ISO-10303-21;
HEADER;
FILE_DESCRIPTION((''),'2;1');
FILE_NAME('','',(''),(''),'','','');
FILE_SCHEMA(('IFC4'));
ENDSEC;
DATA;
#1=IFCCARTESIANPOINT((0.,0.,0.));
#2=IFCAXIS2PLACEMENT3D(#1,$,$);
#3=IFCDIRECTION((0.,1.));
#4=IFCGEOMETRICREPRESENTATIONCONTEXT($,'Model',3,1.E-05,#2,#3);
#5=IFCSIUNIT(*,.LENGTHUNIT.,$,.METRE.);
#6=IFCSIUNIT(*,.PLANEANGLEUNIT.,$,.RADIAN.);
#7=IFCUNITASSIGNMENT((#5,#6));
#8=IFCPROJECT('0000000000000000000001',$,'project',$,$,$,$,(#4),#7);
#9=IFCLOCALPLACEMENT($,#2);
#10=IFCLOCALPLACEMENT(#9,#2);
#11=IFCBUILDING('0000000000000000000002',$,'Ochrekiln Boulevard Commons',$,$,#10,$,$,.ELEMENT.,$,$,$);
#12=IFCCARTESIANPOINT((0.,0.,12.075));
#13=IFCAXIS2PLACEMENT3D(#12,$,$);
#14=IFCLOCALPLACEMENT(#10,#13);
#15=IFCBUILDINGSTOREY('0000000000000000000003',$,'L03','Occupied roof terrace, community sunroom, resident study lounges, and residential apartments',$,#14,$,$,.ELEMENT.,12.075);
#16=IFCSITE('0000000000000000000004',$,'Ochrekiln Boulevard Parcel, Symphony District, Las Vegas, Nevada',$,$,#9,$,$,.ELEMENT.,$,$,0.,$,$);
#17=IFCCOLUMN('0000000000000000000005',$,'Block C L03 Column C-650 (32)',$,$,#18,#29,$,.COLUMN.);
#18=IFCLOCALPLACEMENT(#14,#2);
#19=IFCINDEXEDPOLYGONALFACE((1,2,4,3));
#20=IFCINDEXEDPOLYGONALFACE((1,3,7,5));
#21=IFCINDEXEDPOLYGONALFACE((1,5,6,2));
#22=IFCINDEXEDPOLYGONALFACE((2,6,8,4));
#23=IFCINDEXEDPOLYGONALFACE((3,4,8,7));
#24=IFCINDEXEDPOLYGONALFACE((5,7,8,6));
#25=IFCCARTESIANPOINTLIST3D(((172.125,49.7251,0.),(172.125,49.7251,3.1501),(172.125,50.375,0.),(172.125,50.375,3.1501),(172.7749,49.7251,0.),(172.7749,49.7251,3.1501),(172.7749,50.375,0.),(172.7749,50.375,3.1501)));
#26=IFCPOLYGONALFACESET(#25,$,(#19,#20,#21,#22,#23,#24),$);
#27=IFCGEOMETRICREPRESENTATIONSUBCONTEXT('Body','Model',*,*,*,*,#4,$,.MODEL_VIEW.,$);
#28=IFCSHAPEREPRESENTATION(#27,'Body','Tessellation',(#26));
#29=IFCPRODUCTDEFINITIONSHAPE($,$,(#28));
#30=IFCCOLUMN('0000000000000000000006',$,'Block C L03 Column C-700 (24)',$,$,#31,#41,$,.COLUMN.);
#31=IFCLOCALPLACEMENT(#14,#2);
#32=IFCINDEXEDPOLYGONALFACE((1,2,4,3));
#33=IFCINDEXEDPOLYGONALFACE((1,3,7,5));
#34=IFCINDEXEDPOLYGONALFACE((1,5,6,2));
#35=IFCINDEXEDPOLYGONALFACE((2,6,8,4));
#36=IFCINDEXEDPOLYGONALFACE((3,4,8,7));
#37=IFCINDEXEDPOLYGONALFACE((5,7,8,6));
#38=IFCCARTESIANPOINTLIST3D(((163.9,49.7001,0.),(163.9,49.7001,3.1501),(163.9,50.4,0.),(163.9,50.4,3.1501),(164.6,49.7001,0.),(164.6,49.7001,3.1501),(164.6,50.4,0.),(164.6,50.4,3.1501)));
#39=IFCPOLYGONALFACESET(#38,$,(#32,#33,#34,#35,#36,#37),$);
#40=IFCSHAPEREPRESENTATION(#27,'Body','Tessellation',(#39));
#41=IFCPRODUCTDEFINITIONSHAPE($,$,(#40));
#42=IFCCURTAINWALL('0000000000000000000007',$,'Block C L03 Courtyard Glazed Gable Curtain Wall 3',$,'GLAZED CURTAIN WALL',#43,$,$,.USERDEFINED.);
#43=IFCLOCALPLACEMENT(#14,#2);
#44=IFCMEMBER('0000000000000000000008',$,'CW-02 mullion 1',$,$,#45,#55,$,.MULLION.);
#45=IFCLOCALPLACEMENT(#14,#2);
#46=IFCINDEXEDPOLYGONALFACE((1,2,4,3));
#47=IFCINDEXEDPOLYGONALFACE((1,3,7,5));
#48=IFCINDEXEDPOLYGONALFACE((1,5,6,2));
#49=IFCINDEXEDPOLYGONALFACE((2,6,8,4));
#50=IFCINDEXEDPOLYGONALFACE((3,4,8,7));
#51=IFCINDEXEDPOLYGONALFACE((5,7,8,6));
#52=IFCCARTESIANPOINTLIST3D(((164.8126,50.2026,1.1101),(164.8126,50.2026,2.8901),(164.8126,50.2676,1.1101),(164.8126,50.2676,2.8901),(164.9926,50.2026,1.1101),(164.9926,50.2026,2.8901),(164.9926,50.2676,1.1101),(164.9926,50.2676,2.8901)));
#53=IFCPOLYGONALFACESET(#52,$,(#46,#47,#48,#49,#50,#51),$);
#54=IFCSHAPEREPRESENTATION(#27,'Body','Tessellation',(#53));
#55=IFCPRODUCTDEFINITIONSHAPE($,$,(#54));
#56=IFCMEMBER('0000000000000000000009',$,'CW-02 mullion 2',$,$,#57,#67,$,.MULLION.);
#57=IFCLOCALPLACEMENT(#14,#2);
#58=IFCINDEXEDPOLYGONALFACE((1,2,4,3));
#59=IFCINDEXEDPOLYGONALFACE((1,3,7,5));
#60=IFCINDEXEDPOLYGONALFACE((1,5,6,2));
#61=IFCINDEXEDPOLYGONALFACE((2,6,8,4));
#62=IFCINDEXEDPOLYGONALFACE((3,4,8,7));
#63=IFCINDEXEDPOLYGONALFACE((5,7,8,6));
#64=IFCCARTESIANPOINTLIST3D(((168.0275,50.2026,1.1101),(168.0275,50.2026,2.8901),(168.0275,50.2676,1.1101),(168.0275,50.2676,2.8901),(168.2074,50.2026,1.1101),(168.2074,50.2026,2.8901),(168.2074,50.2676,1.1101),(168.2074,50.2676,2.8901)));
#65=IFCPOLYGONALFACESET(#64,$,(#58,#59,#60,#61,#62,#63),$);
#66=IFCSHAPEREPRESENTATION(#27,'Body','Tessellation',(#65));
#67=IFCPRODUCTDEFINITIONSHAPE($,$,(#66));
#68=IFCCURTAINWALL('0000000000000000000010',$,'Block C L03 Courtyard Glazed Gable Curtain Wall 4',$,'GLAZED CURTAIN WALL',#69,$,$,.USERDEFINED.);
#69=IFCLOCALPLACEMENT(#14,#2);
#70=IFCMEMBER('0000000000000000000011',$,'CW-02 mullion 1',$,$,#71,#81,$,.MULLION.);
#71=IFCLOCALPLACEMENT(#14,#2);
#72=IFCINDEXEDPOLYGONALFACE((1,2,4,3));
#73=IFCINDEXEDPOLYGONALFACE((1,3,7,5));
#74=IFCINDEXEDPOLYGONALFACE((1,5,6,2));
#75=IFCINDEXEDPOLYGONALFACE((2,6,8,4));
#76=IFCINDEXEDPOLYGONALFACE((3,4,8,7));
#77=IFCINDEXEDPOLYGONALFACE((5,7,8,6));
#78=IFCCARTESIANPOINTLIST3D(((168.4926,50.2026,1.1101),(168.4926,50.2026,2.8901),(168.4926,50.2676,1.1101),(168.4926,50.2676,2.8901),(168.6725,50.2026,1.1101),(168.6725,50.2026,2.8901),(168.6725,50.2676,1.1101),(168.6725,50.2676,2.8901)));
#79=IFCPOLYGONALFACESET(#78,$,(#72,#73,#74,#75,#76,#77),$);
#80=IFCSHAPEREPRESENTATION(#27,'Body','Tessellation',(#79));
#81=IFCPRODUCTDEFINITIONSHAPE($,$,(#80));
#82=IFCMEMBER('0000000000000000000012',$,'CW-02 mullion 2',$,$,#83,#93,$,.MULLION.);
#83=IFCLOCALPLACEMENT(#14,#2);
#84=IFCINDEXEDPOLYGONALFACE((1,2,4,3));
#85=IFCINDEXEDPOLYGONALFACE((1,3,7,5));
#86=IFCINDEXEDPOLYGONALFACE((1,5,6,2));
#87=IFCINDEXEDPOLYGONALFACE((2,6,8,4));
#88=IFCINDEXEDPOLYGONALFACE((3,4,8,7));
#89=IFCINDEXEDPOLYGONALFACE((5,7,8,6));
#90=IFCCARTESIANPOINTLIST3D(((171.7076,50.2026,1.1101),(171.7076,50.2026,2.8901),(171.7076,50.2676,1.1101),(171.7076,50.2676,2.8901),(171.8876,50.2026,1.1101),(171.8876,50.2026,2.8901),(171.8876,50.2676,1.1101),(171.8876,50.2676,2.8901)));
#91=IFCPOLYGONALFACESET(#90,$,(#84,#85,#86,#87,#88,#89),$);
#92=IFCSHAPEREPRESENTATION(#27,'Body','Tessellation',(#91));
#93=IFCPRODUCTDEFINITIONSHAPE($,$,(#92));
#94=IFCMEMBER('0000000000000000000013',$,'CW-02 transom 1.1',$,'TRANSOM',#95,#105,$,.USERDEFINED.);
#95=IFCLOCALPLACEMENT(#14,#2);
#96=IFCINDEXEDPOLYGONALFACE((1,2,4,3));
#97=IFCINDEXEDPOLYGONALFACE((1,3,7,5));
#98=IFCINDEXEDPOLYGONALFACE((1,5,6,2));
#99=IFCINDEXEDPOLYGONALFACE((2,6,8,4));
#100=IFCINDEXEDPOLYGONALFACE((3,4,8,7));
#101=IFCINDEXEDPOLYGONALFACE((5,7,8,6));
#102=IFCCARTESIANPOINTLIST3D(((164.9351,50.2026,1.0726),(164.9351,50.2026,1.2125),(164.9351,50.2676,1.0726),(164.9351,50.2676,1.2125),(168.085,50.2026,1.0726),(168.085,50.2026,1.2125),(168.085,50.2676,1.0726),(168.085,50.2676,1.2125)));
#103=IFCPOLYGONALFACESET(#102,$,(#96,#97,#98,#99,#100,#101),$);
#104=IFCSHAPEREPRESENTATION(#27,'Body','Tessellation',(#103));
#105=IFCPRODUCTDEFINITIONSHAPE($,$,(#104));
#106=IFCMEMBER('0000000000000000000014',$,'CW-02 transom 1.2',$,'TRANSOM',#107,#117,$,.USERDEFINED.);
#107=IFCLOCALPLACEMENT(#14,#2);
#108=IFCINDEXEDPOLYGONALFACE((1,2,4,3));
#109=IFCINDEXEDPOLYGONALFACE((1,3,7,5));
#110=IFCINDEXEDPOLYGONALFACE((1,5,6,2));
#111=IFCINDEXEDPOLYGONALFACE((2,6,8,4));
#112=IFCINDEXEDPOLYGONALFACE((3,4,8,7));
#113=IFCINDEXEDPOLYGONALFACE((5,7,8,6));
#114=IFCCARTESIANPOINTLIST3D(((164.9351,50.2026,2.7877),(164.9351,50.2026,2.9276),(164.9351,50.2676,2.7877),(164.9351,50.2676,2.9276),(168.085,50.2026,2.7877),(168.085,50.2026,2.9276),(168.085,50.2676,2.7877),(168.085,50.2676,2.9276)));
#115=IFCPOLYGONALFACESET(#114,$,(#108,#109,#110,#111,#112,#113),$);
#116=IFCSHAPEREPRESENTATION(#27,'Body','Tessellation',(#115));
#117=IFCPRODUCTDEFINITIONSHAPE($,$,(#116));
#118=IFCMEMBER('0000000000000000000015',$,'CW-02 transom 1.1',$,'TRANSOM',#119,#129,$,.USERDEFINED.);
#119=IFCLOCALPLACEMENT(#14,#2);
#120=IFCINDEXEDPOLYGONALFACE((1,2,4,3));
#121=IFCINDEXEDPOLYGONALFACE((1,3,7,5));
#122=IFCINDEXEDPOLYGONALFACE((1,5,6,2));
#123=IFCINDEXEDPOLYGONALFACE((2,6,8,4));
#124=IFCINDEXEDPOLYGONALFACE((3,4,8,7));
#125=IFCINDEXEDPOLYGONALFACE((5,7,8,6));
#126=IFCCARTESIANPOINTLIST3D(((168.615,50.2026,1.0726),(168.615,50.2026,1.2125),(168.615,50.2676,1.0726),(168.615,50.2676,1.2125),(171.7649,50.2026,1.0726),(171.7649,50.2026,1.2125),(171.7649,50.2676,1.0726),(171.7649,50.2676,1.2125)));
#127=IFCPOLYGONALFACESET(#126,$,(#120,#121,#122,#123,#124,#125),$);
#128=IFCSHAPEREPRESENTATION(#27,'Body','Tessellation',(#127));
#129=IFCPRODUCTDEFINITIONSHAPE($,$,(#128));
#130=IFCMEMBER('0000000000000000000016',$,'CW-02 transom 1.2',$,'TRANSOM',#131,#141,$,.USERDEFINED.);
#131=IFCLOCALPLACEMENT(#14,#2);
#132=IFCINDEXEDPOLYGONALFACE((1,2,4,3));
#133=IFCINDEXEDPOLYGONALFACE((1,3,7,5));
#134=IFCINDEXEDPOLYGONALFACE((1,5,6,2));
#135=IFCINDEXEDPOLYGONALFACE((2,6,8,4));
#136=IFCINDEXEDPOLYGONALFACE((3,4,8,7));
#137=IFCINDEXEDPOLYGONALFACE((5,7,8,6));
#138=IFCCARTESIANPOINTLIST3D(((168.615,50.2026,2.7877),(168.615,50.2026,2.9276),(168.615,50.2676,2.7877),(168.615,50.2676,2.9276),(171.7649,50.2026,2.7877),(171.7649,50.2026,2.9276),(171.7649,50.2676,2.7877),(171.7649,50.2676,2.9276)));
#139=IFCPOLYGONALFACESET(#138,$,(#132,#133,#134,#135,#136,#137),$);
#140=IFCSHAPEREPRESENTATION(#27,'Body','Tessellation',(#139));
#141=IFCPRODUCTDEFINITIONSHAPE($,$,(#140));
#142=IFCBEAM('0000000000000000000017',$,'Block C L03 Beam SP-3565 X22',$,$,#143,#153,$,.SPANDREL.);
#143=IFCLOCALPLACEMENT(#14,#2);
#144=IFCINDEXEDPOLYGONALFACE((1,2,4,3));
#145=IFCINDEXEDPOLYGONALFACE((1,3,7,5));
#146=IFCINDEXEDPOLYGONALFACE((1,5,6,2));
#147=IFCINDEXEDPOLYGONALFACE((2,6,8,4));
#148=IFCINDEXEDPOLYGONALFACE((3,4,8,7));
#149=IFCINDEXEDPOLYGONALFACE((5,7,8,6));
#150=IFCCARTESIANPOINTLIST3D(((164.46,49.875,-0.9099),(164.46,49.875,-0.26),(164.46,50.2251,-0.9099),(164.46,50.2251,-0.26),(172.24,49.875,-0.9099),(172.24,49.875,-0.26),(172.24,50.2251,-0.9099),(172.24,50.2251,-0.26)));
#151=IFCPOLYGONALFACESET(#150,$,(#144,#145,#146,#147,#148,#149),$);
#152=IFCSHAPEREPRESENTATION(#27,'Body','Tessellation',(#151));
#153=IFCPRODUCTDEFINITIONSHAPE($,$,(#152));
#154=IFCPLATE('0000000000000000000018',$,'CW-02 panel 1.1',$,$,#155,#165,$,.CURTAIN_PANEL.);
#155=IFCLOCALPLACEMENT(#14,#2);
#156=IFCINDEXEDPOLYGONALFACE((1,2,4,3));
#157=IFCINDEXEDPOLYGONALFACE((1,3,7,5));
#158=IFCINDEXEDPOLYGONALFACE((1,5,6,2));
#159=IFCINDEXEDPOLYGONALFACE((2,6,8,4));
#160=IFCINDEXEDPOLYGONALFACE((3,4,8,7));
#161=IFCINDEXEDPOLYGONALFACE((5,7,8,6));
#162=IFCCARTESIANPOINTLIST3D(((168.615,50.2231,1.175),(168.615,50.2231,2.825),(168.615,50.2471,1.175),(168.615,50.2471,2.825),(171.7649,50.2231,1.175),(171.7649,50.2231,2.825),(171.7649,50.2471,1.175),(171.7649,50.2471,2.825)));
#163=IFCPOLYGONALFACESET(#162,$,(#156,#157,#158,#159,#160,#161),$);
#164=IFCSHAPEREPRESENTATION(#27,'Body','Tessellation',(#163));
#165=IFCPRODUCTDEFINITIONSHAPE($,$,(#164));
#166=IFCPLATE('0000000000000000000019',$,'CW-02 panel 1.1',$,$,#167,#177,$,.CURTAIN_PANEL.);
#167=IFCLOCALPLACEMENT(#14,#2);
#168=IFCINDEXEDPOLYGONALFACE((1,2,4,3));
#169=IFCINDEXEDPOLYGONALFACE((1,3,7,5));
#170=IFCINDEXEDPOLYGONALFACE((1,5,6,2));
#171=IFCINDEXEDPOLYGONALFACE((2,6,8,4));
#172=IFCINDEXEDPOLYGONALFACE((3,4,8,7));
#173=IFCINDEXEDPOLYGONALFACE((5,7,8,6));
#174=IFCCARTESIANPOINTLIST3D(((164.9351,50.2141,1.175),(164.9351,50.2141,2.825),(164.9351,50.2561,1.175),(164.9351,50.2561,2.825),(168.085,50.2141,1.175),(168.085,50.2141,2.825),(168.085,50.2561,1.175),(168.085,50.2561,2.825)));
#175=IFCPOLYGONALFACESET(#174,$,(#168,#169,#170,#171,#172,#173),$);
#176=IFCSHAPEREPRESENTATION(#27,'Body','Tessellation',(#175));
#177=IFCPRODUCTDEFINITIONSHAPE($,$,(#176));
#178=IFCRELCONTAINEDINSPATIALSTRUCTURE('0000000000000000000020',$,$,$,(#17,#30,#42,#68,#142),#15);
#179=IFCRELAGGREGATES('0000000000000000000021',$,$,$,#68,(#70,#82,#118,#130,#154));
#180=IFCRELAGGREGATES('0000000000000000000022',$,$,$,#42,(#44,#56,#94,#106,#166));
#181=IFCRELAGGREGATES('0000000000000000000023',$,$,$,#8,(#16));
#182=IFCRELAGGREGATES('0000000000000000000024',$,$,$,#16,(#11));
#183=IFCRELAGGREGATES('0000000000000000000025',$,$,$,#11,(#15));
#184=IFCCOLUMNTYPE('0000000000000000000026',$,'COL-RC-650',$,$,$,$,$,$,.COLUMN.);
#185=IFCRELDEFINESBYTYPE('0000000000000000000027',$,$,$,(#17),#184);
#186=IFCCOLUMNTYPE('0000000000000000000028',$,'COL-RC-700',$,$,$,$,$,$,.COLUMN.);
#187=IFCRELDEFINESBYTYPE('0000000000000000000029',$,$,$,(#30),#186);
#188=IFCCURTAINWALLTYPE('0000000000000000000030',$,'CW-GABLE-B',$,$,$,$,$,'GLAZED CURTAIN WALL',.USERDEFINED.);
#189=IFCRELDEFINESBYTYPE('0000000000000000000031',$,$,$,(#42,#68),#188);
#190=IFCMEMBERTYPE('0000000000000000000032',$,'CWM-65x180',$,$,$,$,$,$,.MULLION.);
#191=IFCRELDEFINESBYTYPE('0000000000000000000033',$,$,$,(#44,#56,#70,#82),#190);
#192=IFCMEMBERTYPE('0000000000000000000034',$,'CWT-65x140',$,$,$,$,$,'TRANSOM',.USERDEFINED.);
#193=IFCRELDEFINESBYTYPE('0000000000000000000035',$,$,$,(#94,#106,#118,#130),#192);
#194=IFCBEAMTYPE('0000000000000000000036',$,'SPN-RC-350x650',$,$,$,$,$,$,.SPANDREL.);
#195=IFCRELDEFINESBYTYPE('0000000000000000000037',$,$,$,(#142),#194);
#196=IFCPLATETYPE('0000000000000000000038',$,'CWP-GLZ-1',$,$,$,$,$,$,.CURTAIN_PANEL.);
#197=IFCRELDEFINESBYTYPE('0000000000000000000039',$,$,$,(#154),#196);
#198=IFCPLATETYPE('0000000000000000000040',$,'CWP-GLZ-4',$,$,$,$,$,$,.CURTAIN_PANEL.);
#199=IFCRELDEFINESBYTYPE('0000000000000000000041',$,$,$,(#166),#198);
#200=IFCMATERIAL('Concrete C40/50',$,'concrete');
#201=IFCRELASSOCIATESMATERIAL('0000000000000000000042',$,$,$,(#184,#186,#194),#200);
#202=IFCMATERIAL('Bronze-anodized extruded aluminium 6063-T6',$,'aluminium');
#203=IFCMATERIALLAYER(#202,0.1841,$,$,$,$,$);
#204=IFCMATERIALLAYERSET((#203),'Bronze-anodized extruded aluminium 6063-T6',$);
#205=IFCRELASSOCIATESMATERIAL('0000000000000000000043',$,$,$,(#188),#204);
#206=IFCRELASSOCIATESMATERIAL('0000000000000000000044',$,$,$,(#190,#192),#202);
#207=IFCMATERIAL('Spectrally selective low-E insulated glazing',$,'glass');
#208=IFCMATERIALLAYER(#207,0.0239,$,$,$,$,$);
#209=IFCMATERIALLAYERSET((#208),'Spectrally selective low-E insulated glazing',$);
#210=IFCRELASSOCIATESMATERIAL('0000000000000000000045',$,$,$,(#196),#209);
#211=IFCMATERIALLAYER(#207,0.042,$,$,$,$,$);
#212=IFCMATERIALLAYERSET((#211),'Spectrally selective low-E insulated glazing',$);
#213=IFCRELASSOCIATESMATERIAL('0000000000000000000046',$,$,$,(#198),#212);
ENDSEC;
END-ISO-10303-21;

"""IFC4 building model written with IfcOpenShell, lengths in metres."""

from ifc_helpers import new_model, si_unit, direction, frame, origin, origin_2d, place, context, subcontext, project, spatial, rectangle, extrude, material, layer, layer_set, material_profile, profile_set, type_object, element, aggregate, save


model = new_model("IFC4")

# Units and contexts
model_context = context("Model", 3, precision=1e-05, world=origin(), true_north=direction((0.0, 1.0)))
body_context = subcontext(model_context, "Body", "Model", "MODEL_VIEW")
ifc_project = project(units=[si_unit("LENGTHUNIT", "METRE"), si_unit("PLANEANGLEUNIT", "RADIAN")], contexts=[model_context])

# Site, building, storey
site_placement = place(None, origin())
site = spatial("IfcSite", under=ifc_project, at=site_placement, Name="Ochrekiln Boulevard Parcel, Symphony District, Las Vegas, Nevada", CompositionType="ELEMENT", RefElevation=0.0)
building_placement = place(site_placement, origin())
building = spatial("IfcBuilding", under=site, at=building_placement, Name="Ochrekiln Boulevard Commons", CompositionType="ELEMENT")
storey_placement = place(building_placement, frame((0.0, 0.0, 12.075)))
storey = spatial("IfcBuildingStorey", under=building, at=storey_placement, Name="L03", Description="Occupied roof terrace, community sunroom, resident study lounges, and residential apartments", CompositionType="ELEMENT", Elevation=12.075)

# Columns
ifc_material_1 = material(Name="Concrete C40/50", Category="concrete")
ifc_material_profile_1 = material_profile(ifc_material_1, rectangle(XDim=0.6499, YDim=0.6499, at=origin_2d()), Name="RC-COL-650x650")
ifc_profile_set_1 = profile_set([ifc_material_profile_1], Name="Concrete C40/50")
column_type_1 = type_object("IfcColumnType", Name="COL-RC-650", PredefinedType="COLUMN", material=ifc_profile_set_1)
column_1_placement = place(storey_placement, frame((172.45, 50.05, 0.0), z_axis=(0.0, 0.0, 1.0), x_axis=(1.0, 0.0, 0.0)))
element("IfcColumn", 1, at=column_1_placement, inside=storey, type_object=column_type_1, Name="Block C L03 Column C-650 (32)", PredefinedType="COLUMN", context=body_context, shape_type="SweptSolid", body=[
    extrude(rectangle(XDim=0.6499, YDim=0.6499, at=origin_2d()), origin(), (0.0, 0.0, 1.0), 3.1501),
])
ifc_material_profile_2 = material_profile(ifc_material_1, rectangle(XDim=0.7, YDim=0.7, at=origin_2d()), Name="RC-COL-700x700")
ifc_profile_set_2 = profile_set([ifc_material_profile_2], Name="Concrete C40/50")
column_type_2 = type_object("IfcColumnType", Name="COL-RC-700", PredefinedType="COLUMN", material=ifc_profile_set_2)
column_2_placement = place(storey_placement, frame((164.25, 50.05, 0.0), z_axis=(0.0, 0.0, 1.0), x_axis=(1.0, 0.0, 0.0)))
element("IfcColumn", 2, at=column_2_placement, inside=storey, type_object=column_type_2, Name="Block C L03 Column C-700 (24)", PredefinedType="COLUMN", context=body_context, shape_type="SweptSolid", body=[
    extrude(rectangle(XDim=0.7, YDim=0.7, at=origin_2d()), origin(), (0.0, 0.0, 1.0), 3.1501),
])

# Curtain walls, members
ifc_material_2 = material(Name="Bronze-anodized extruded aluminium 6063-T6", Category="aluminium")
ifc_layer_1 = layer(ifc_material_2, 0.1841)
ifc_layer_set_1 = layer_set([ifc_layer_1], Name="Bronze-anodized extruded aluminium 6063-T6")
curtain_wall_type = type_object("IfcCurtainWallType", Name="CW-GABLE-B", ElementType="GLAZED CURTAIN WALL", PredefinedType="USERDEFINED", material=ifc_layer_set_1)
curtain_wall_1_placement = place(storey_placement, origin())
curtain_wall_1 = element("IfcCurtainWall", 3, at=curtain_wall_1_placement, inside=storey, type_object=curtain_wall_type, Name="Block C L03 Courtyard Glazed Gable Curtain Wall 3", ObjectType="GLAZED CURTAIN WALL", PredefinedType="USERDEFINED")
ifc_material_profile_3 = material_profile(ifc_material_2, rectangle(XDim=0.0649, YDim=0.1799, at=origin_2d()), Name="ALU-MUL-65x180")
ifc_profile_set_3 = profile_set([ifc_material_profile_3], Name="Bronze-anodized extruded aluminium 6063-T6")
member_type_1 = type_object("IfcMemberType", Name="CWM-65x180", PredefinedType="MULLION", material=ifc_profile_set_3)
member_1_placement = place(storey_placement, frame((164.9026, 50.2351, 1.1101), z_axis=(0.0, 0.0, 1.0), x_axis=(0.0, 1.0, 0.0)))
member_1 = element("IfcMember", 4, at=member_1_placement, type_object=member_type_1, Name="CW-02 mullion 1", PredefinedType="MULLION", context=body_context, shape_type="SweptSolid", body=[
    extrude(rectangle(XDim=0.0649, YDim=0.1799, at=origin_2d()), origin(), (0.0, 0.0, 1.0), 1.78),
])
member_2_placement = place(storey_placement, frame((168.1174, 50.2351, 1.1101), z_axis=(0.0, 0.0, 1.0), x_axis=(0.0, 1.0, 0.0)))
member_2 = element("IfcMember", 5, at=member_2_placement, type_object=member_type_1, Name="CW-02 mullion 2", PredefinedType="MULLION", context=body_context, shape_type="SweptSolid", body=[
    extrude(rectangle(XDim=0.0649, YDim=0.1799, at=origin_2d()), origin(), (0.0, 0.0, 1.0), 1.78),
])
curtain_wall_2_placement = place(storey_placement, origin())
curtain_wall_2 = element("IfcCurtainWall", 6, at=curtain_wall_2_placement, inside=storey, type_object=curtain_wall_type, Name="Block C L03 Courtyard Glazed Gable Curtain Wall 4", ObjectType="GLAZED CURTAIN WALL", PredefinedType="USERDEFINED")
member_3_placement = place(storey_placement, frame((168.5825, 50.2351, 1.1101), z_axis=(0.0, 0.0, 1.0), x_axis=(0.0, 1.0, 0.0)))
member_3 = element("IfcMember", 7, at=member_3_placement, type_object=member_type_1, Name="CW-02 mullion 1", PredefinedType="MULLION", context=body_context, shape_type="SweptSolid", body=[
    extrude(rectangle(XDim=0.0649, YDim=0.1799, at=origin_2d()), origin(), (0.0, 0.0, 1.0), 1.78),
])
member_4_placement = place(storey_placement, frame((171.7976, 50.2351, 1.1101), z_axis=(0.0, 0.0, 1.0), x_axis=(0.0, 1.0, 0.0)))
member_4 = element("IfcMember", 8, at=member_4_placement, type_object=member_type_1, Name="CW-02 mullion 2", PredefinedType="MULLION", context=body_context, shape_type="SweptSolid", body=[
    extrude(rectangle(XDim=0.0649, YDim=0.1799, at=origin_2d()), origin(), (0.0, 0.0, 1.0), 1.78),
])

# Members
ifc_material_profile_4 = material_profile(ifc_material_2, rectangle(XDim=0.0649, YDim=0.1399, at=origin_2d()), Name="ALU-TRN-65x140")
ifc_profile_set_4 = profile_set([ifc_material_profile_4], Name="Bronze-anodized extruded aluminium 6063-T6")
member_type_2 = type_object("IfcMemberType", Name="CWT-65x140", ElementType="TRANSOM", PredefinedType="USERDEFINED", material=ifc_profile_set_4)
member_5_placement = place(storey_placement, frame((164.9351, 50.2351, 1.1426), z_axis=(1.0, 0.0, 0.0), x_axis=(0.0, 1.0, 0.0)))
member_5 = element("IfcMember", 9, at=member_5_placement, type_object=member_type_2, Name="CW-02 transom 1.1", ObjectType="TRANSOM", PredefinedType="USERDEFINED", context=body_context, shape_type="SweptSolid", body=[
    extrude(rectangle(XDim=0.0649, YDim=0.1399, at=origin_2d()), origin(), (0.0, 0.0, 1.0), 3.1499),
])
member_6_placement = place(storey_placement, frame((164.9351, 50.2351, 2.8577), z_axis=(1.0, 0.0, 0.0), x_axis=(0.0, 1.0, 0.0)))
member_6 = element("IfcMember", 10, at=member_6_placement, type_object=member_type_2, Name="CW-02 transom 1.2", ObjectType="TRANSOM", PredefinedType="USERDEFINED", context=body_context, shape_type="SweptSolid", body=[
    extrude(rectangle(XDim=0.0649, YDim=0.1399, at=origin_2d()), origin(), (0.0, 0.0, 1.0), 3.1499),
])
member_7_placement = place(storey_placement, frame((168.615, 50.2351, 1.1426), z_axis=(1.0, 0.0, 0.0), x_axis=(0.0, 1.0, 0.0)))
member_7 = element("IfcMember", 11, at=member_7_placement, type_object=member_type_2, Name="CW-02 transom 1.1", ObjectType="TRANSOM", PredefinedType="USERDEFINED", context=body_context, shape_type="SweptSolid", body=[
    extrude(rectangle(XDim=0.0649, YDim=0.1399, at=origin_2d()), origin(), (0.0, 0.0, 1.0), 3.1499),
])
member_8_placement = place(storey_placement, frame((168.615, 50.2351, 2.8577), z_axis=(1.0, 0.0, 0.0), x_axis=(0.0, 1.0, 0.0)))
member_8 = element("IfcMember", 12, at=member_8_placement, type_object=member_type_2, Name="CW-02 transom 1.2", ObjectType="TRANSOM", PredefinedType="USERDEFINED", context=body_context, shape_type="SweptSolid", body=[
    extrude(rectangle(XDim=0.0649, YDim=0.1399, at=origin_2d()), origin(), (0.0, 0.0, 1.0), 3.1499),
])

# Beam
ifc_material_profile_5 = material_profile(ifc_material_1, rectangle(XDim=0.3501, YDim=0.6499, at=origin_2d()), Name="RC-SPN-350x650")
ifc_profile_set_5 = profile_set([ifc_material_profile_5], Name="Concrete C40/50")
beam_type = type_object("IfcBeamType", Name="SPN-RC-350x650", PredefinedType="SPANDREL", material=ifc_profile_set_5)
beam_placement = place(storey_placement, frame((164.46, 50.05, -0.585), z_axis=(1.0, 0.0, 0.0), x_axis=(0.0, 1.0, 0.0)))
element("IfcBeam", 13, at=beam_placement, inside=storey, type_object=beam_type, Name="Block C L03 Beam SP-3565 X22", PredefinedType="SPANDREL", context=body_context, shape_type="SweptSolid", body=[
    extrude(rectangle(XDim=0.3501, YDim=0.6499, at=origin_2d()), origin(), (0.0, 0.0, 1.0), 7.78),
])

# Plates
ifc_material_3 = material(Name="Spectrally selective low-E insulated glazing", Category="glass")
ifc_layer_2 = layer(ifc_material_3, 0.0239)
ifc_layer_set_2 = layer_set([ifc_layer_2], Name="Spectrally selective low-E insulated glazing")
plate_type_1 = type_object("IfcPlateType", Name="CWP-GLZ-1", PredefinedType="CURTAIN_PANEL", material=ifc_layer_set_2)
plate_1_placement = place(storey_placement, frame((170.1899, 50.2351, 1.175), z_axis=(0.0, 0.0, 1.0), x_axis=(1.0, 0.0, 0.0)))
plate_1 = element("IfcPlate", 14, at=plate_1_placement, type_object=plate_type_1, Name="CW-02 panel 1.1", PredefinedType="CURTAIN_PANEL", context=body_context, shape_type="SweptSolid", body=[
    extrude(rectangle(XDim=3.1499, YDim=0.0239, at=origin_2d()), origin(), (0.0, 0.0, 1.0), 1.6499),
])
aggregate(curtain_wall_2, [member_3, member_4, member_7, member_8, plate_1])
ifc_layer_3 = layer(ifc_material_3, 0.042)
ifc_layer_set_3 = layer_set([ifc_layer_3], Name="Spectrally selective low-E insulated glazing")
plate_type_2 = type_object("IfcPlateType", Name="CWP-GLZ-4", PredefinedType="CURTAIN_PANEL", material=ifc_layer_set_3)
plate_2_placement = place(storey_placement, frame((166.51, 50.2351, 1.175), z_axis=(0.0, 0.0, 1.0), x_axis=(1.0, 0.0, 0.0)))
plate_2 = element("IfcPlate", 15, at=plate_2_placement, type_object=plate_type_2, Name="CW-02 panel 1.1", PredefinedType="CURTAIN_PANEL", context=body_context, shape_type="SweptSolid", body=[
    extrude(rectangle(XDim=3.1499, YDim=0.042, at=origin_2d()), origin(), (0.0, 0.0, 1.0), 1.6499),
])
aggregate(curtain_wall_1, [member_1, member_2, member_5, member_6, plate_2])

save(model, "model.ifc")
